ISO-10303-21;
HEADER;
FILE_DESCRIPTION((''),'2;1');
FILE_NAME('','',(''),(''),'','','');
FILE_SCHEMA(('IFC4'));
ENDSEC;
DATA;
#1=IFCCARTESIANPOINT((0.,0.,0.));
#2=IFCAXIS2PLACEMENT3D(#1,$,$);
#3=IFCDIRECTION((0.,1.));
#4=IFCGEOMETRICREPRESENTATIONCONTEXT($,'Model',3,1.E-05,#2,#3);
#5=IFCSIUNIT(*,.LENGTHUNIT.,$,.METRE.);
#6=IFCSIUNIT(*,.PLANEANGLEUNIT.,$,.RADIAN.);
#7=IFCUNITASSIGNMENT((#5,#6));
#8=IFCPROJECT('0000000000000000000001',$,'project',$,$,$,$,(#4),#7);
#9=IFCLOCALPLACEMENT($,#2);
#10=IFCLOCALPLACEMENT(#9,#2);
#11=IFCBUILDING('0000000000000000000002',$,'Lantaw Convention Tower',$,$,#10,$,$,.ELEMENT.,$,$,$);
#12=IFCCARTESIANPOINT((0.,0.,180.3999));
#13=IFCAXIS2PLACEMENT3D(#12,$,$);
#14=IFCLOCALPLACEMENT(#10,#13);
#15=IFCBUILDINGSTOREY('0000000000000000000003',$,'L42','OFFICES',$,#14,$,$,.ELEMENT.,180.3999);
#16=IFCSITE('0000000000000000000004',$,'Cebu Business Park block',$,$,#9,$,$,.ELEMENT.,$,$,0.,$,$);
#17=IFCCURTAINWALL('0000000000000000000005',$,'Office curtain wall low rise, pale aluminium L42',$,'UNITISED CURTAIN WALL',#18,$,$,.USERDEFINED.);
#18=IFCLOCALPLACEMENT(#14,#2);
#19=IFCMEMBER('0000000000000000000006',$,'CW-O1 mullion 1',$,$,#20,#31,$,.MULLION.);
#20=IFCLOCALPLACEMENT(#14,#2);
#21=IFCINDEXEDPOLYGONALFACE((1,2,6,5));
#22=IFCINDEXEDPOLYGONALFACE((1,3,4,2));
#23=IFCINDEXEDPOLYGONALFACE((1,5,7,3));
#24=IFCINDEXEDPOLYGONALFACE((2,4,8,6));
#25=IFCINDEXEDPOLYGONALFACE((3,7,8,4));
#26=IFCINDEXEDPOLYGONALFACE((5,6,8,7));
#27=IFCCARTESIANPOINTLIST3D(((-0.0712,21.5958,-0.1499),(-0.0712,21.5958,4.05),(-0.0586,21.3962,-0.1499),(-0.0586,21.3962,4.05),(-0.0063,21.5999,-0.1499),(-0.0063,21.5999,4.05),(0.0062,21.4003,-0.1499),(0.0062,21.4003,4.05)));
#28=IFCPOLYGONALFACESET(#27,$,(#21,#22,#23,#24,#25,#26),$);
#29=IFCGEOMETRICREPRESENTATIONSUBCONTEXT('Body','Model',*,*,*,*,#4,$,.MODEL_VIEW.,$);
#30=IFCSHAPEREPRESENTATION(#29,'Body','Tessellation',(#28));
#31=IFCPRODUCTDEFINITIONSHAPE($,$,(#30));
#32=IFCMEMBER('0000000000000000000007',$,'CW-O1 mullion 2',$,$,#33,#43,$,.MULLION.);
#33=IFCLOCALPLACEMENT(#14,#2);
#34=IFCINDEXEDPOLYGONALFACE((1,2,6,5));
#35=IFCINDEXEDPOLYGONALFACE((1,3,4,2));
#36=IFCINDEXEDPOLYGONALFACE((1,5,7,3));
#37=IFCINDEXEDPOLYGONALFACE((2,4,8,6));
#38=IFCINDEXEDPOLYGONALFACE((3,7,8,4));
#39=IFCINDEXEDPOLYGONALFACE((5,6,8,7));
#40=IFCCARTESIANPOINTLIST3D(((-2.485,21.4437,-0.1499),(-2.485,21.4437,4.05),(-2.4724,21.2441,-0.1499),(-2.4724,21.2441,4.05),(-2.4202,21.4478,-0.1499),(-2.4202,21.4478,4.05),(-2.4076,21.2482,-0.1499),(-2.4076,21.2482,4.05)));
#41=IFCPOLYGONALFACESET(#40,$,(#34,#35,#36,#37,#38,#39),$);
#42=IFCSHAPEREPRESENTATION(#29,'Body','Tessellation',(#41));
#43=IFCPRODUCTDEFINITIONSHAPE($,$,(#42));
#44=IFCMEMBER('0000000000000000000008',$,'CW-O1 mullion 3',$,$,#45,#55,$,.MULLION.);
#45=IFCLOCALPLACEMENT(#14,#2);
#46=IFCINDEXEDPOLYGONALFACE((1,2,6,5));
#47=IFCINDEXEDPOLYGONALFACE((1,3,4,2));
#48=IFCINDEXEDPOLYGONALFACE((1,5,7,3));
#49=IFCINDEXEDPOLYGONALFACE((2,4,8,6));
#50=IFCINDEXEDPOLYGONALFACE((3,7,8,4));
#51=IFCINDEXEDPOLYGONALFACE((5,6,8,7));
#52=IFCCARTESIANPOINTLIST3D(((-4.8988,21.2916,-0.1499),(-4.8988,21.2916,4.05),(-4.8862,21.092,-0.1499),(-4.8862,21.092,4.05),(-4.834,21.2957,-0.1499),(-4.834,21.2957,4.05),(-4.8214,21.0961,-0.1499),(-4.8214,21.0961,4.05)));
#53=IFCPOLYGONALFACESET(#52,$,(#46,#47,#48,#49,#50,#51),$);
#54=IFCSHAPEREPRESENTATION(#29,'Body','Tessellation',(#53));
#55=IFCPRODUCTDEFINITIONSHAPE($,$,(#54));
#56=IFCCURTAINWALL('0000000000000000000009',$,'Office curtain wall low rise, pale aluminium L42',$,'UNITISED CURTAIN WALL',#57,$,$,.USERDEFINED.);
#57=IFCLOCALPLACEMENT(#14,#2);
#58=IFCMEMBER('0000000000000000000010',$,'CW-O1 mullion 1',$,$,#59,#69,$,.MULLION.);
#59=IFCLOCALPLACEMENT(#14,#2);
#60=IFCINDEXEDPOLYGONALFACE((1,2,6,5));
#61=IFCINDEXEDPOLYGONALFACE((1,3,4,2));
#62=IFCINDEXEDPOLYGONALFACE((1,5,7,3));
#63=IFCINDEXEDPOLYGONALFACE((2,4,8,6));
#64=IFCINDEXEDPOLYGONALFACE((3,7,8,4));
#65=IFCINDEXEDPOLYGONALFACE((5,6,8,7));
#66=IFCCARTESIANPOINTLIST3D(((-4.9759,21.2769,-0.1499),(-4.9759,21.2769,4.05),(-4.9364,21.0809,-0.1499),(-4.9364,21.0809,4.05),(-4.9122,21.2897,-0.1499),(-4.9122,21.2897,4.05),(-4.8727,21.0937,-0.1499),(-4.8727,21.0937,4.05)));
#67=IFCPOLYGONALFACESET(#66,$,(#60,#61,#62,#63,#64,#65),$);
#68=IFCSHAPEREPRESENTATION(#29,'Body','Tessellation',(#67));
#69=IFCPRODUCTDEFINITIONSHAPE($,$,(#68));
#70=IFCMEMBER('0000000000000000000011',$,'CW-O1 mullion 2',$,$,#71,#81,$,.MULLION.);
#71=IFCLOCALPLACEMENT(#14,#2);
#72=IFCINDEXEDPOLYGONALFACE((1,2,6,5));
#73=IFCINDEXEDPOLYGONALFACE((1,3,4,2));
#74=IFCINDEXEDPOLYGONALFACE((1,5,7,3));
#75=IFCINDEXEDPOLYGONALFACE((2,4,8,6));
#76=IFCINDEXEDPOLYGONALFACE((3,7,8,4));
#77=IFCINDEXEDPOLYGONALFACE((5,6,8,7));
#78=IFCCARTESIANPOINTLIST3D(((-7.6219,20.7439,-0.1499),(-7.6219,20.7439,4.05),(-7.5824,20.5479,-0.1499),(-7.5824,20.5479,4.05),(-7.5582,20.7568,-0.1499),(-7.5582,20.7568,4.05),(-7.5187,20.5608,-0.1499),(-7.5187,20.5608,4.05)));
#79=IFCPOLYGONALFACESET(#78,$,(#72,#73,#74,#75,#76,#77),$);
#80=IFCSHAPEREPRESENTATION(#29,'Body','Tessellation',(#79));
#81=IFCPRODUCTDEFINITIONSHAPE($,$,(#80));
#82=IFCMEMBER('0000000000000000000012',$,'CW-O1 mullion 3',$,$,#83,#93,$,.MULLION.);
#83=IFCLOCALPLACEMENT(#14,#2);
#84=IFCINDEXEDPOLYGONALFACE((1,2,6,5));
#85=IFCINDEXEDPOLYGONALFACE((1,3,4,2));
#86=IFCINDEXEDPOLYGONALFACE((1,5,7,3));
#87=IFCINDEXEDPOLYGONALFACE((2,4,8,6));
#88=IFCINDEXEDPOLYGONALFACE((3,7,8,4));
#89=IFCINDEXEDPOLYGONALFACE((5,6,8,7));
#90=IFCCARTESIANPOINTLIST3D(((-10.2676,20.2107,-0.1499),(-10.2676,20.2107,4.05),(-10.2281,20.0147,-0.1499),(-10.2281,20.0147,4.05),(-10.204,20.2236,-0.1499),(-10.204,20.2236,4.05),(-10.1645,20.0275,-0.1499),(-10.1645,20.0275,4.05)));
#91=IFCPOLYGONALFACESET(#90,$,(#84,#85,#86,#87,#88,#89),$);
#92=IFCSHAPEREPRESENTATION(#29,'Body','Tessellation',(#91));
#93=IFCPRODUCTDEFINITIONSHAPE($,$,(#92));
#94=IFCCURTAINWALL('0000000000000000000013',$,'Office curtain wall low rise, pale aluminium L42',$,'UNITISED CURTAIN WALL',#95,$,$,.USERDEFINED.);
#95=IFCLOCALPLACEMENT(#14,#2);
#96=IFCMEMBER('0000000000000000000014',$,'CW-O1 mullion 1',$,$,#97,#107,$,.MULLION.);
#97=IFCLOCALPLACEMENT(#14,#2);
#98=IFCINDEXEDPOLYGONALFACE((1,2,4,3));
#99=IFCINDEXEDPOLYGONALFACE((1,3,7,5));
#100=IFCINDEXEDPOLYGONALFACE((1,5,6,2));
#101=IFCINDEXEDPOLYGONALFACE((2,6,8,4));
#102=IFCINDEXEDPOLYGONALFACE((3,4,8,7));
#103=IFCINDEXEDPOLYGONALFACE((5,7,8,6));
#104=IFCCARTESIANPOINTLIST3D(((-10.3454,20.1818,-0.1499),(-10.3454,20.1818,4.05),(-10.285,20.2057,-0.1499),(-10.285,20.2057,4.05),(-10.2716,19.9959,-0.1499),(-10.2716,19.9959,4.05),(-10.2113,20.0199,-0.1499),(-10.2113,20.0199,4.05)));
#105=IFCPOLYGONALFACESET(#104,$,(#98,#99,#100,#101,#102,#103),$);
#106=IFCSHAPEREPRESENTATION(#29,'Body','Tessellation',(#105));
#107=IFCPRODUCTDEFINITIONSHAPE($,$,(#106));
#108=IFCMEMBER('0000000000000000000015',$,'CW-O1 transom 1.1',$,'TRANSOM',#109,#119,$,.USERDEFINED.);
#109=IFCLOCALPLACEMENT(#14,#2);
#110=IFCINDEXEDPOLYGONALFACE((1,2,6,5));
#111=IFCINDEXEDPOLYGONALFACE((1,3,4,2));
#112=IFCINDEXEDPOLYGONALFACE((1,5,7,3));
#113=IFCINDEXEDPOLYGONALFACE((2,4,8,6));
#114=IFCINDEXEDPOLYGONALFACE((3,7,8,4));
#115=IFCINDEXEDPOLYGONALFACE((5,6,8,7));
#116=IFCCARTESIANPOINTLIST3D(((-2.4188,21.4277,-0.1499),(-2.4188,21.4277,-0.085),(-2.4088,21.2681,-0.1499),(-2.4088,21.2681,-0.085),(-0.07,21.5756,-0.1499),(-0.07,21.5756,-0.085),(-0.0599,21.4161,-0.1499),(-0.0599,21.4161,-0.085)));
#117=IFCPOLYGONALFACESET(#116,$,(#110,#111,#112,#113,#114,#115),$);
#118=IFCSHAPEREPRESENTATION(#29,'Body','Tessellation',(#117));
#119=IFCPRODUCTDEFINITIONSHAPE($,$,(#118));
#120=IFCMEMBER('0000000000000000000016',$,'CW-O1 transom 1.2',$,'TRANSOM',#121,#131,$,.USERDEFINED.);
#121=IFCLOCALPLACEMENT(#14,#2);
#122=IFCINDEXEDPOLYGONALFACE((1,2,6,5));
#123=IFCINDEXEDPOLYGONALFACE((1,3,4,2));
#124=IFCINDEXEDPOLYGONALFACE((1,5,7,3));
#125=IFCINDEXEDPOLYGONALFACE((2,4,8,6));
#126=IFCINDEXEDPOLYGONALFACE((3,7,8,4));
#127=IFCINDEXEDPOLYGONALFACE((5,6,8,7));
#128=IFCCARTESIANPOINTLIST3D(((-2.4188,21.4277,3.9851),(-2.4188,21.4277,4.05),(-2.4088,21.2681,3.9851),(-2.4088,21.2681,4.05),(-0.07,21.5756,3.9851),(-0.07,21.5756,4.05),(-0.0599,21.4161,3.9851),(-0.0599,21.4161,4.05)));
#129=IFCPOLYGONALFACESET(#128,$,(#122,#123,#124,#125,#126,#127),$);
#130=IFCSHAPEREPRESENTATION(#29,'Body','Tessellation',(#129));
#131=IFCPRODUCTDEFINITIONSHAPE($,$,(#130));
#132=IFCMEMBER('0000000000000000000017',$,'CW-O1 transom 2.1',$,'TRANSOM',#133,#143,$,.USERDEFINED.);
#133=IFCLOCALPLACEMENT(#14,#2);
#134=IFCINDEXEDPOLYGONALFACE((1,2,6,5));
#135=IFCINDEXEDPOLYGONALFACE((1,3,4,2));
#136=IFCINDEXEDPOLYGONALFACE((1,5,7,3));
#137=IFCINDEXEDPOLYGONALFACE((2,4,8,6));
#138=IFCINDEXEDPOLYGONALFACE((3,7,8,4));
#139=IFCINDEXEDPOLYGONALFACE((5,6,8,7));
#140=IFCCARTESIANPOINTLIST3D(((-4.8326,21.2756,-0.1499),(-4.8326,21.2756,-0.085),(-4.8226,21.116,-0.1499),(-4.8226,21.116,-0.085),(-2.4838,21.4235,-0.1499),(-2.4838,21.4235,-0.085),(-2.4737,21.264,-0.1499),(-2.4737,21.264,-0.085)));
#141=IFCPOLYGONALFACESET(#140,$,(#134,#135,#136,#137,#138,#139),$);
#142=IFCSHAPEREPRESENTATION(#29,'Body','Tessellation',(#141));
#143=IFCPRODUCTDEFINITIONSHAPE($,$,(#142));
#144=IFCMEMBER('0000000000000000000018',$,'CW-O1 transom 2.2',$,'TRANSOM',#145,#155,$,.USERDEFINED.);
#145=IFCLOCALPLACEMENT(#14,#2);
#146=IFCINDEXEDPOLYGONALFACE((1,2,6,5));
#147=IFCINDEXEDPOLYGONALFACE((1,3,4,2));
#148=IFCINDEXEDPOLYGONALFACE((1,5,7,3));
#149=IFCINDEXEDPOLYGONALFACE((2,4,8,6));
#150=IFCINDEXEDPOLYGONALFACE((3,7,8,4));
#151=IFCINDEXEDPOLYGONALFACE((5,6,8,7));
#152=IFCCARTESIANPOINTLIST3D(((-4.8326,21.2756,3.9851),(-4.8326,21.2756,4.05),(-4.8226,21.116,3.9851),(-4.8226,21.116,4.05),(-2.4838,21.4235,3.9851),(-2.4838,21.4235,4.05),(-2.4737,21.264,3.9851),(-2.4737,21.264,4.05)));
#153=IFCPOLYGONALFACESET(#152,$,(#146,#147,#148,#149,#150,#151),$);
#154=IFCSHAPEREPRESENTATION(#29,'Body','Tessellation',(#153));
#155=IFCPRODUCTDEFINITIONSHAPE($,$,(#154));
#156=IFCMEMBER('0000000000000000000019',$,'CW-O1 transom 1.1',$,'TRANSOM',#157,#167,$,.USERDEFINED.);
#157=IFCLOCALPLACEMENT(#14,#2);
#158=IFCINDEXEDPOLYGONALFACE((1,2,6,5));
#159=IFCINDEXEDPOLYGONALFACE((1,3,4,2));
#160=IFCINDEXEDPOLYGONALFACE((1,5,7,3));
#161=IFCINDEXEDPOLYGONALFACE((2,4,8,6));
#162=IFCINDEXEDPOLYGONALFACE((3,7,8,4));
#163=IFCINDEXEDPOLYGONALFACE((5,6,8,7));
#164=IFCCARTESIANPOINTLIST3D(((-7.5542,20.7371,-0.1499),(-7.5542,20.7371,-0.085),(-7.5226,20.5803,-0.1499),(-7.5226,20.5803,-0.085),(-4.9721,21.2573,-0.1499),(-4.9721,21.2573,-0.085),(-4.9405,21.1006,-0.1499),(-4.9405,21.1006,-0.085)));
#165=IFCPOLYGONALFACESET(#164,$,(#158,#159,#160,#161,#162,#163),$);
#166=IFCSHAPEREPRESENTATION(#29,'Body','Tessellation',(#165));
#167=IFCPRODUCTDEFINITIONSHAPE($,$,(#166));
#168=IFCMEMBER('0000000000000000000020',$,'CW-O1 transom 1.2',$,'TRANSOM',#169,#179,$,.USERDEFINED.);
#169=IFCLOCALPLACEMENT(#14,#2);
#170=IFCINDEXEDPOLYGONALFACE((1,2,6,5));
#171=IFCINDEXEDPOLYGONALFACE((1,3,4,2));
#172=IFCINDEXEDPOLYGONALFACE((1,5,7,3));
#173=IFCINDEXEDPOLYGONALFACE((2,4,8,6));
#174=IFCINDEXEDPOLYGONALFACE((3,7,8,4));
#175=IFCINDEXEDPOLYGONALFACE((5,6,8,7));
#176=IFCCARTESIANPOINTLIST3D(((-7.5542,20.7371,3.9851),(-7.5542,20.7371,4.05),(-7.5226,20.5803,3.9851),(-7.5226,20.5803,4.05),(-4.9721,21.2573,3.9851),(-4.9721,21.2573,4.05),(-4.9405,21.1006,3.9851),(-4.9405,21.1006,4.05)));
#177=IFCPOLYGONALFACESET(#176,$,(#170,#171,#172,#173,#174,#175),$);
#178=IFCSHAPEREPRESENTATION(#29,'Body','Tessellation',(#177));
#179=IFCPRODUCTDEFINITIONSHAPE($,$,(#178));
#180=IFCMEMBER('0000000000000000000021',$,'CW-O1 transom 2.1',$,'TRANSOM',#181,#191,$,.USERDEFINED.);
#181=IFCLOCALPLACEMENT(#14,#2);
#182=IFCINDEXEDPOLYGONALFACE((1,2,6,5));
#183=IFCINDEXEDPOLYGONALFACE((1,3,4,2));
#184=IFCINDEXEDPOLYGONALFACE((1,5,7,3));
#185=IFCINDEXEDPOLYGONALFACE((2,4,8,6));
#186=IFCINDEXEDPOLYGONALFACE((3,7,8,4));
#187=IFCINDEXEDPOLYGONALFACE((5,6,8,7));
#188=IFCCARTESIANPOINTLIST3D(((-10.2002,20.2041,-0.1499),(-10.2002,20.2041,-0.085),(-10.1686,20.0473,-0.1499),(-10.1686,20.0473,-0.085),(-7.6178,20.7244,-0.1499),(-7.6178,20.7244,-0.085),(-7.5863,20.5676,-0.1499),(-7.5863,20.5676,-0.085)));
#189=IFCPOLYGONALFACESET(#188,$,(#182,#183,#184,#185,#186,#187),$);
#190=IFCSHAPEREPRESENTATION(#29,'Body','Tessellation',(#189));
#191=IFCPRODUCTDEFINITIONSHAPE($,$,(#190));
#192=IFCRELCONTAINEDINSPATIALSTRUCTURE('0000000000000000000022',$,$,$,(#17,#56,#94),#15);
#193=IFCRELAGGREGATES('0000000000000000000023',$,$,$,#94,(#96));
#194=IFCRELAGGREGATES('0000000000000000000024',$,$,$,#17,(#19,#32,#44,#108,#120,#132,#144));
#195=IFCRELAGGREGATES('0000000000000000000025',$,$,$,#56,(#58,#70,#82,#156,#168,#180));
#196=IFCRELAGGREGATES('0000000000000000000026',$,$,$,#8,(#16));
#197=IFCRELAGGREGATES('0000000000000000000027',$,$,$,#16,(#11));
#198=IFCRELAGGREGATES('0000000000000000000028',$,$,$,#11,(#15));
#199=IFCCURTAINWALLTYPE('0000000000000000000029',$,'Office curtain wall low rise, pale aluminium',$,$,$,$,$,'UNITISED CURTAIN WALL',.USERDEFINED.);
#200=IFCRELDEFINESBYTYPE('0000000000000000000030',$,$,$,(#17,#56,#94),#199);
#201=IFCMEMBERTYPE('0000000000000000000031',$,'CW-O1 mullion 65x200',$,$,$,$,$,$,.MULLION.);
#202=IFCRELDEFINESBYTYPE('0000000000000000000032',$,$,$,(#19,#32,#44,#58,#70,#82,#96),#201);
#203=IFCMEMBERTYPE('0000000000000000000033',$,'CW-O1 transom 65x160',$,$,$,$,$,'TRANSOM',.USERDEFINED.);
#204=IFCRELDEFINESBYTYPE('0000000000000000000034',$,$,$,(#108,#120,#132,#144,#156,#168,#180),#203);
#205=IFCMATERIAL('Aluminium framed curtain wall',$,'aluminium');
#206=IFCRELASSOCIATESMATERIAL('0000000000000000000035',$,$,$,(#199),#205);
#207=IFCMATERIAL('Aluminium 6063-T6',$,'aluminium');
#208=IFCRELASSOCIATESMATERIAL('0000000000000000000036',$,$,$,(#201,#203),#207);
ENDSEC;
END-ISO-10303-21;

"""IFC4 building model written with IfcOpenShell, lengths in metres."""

from ifc_helpers import new_model, si_unit, direction, frame, origin, origin_2d, place, context, subcontext, project, spatial, rectangle, extrude, material, material_profile, profile_set, type_object, element, aggregate, save


model = new_model("IFC4")

# Units and contexts
model_context = context("Model", 3, precision=1e-05, world=origin(), true_north=direction((0.0, 1.0)))
body_context = subcontext(model_context, "Body", "Model", "MODEL_VIEW")
ifc_project = project(units=[si_unit("LENGTHUNIT", "METRE"), si_unit("PLANEANGLEUNIT", "RADIAN")], contexts=[model_context])

# Site, building, storey
site_placement = place(None, origin())
site = spatial("IfcSite", under=ifc_project, at=site_placement, Name="Cebu Business Park block", CompositionType="ELEMENT", RefElevation=0.0)
building_placement = place(site_placement, origin())
building = spatial("IfcBuilding", under=site, at=building_placement, Name="Lantaw Convention Tower", CompositionType="ELEMENT")
storey_placement = place(building_placement, frame((0.0, 0.0, 180.3999)))
storey = spatial("IfcBuildingStorey", under=building, at=storey_placement, Name="L42", Description="OFFICES", CompositionType="ELEMENT", Elevation=180.3999)

# Curtain walls, members
ifc_material_1 = material(Name="Aluminium framed curtain wall", Category="aluminium")
curtain_wall_type = type_object("IfcCurtainWallType", Name="Office curtain wall low rise, pale aluminium", ElementType="UNITISED CURTAIN WALL", PredefinedType="USERDEFINED", material=ifc_material_1)
curtain_wall_1_placement = place(storey_placement, origin())
curtain_wall_1 = element("IfcCurtainWall", 1, at=curtain_wall_1_placement, inside=storey, type_object=curtain_wall_type, Name="Office curtain wall low rise, pale aluminium L42", ObjectType="UNITISED CURTAIN WALL", PredefinedType="USERDEFINED")
ifc_material_2 = material(Name="Aluminium 6063-T6", Category="aluminium")
ifc_material_profile_1 = material_profile(ifc_material_2, rectangle(XDim=0.2, YDim=0.0649, at=origin_2d()), Name="CW-O1 mullion 65x200")
ifc_profile_set_1 = profile_set([ifc_material_profile_1], Name="Aluminium 6063-T6")
member_type_1 = type_object("IfcMemberType", Name="CW-O1 mullion 65x200", PredefinedType="MULLION", material=ifc_profile_set_1)
member_1_placement = place(storey_placement, frame((-0.0325, 21.498, -0.1499), z_axis=(0.0, 0.0, 1.0), x_axis=(0.062865, -0.998022, 0.0)))
member_1 = element("IfcMember", 2, at=member_1_placement, type_object=member_type_1, Name="CW-O1 mullion 1", PredefinedType="MULLION", context=body_context, shape_type="SweptSolid", body=[
    extrude(rectangle(XDim=0.2, YDim=0.0649, at=origin_2d()), origin(), (0.0, 0.0, 1.0), 4.2),
])
member_2_placement = place(storey_placement, frame((-2.4463, 21.3459, -0.1499), z_axis=(0.0, 0.0, 1.0), x_axis=(0.062865, -0.998022, 0.0)))
member_2 = element("IfcMember", 3, at=member_2_placement, type_object=member_type_1, Name="CW-O1 mullion 2", PredefinedType="MULLION", context=body_context, shape_type="SweptSolid", body=[
    extrude(rectangle(XDim=0.2, YDim=0.0649, at=origin_2d()), origin(), (0.0, 0.0, 1.0), 4.2),
])
member_3_placement = place(storey_placement, frame((-4.8601, 21.1938, -0.1499), z_axis=(0.0, 0.0, 1.0), x_axis=(0.062865, -0.998022, 0.0)))
member_3 = element("IfcMember", 4, at=member_3_placement, type_object=member_type_1, Name="CW-O1 mullion 3", PredefinedType="MULLION", context=body_context, shape_type="SweptSolid", body=[
    extrude(rectangle(XDim=0.2, YDim=0.0649, at=origin_2d()), origin(), (0.0, 0.0, 1.0), 4.2),
])
curtain_wall_2_placement = place(storey_placement, origin())
curtain_wall_2 = element("IfcCurtainWall", 5, at=curtain_wall_2_placement, inside=storey, type_object=curtain_wall_type, Name="Office curtain wall low rise, pale aluminium L42", ObjectType="UNITISED CURTAIN WALL", PredefinedType="USERDEFINED")
member_4_placement = place(storey_placement, frame((-4.9243, 21.1853, -0.1499), z_axis=(0.0, 0.0, 1.0), x_axis=(0.197507, -0.980302, 0.0)))
member_4 = element("IfcMember", 6, at=member_4_placement, type_object=member_type_1, Name="CW-O1 mullion 1", PredefinedType="MULLION", context=body_context, shape_type="SweptSolid", body=[
    extrude(rectangle(XDim=0.2, YDim=0.0649, at=origin_2d()), origin(), (0.0, 0.0, 1.0), 4.2),
])
member_5_placement = place(storey_placement, frame((-7.5703, 20.6523, -0.1499), z_axis=(0.0, 0.0, 1.0), x_axis=(0.197507, -0.980302, 0.0)))
member_5 = element("IfcMember", 7, at=member_5_placement, type_object=member_type_1, Name="CW-O1 mullion 2", PredefinedType="MULLION", context=body_context, shape_type="SweptSolid", body=[
    extrude(rectangle(XDim=0.2, YDim=0.0649, at=origin_2d()), origin(), (0.0, 0.0, 1.0), 4.2),
])
member_6_placement = place(storey_placement, frame((-10.2161, 20.1191, -0.1499), z_axis=(0.0, 0.0, 1.0), x_axis=(0.197507, -0.980302, 0.0)))
member_6 = element("IfcMember", 8, at=member_6_placement, type_object=member_type_1, Name="CW-O1 mullion 3", PredefinedType="MULLION", context=body_context, shape_type="SweptSolid", body=[
    extrude(rectangle(XDim=0.2, YDim=0.0649, at=origin_2d()), origin(), (0.0, 0.0, 1.0), 4.2),
])

# Curtain wall, member
curtain_wall_3_placement = place(storey_placement, origin())
curtain_wall_3 = element("IfcCurtainWall", 9, at=curtain_wall_3_placement, inside=storey, type_object=curtain_wall_type, Name="Office curtain wall low rise, pale aluminium L42", ObjectType="UNITISED CURTAIN WALL", PredefinedType="USERDEFINED")
member_7_placement = place(storey_placement, frame((-10.2783, 20.1008, -0.1499), z_axis=(0.0, 0.0, 1.0), x_axis=(0.368702, -0.929548, 0.0)))
member_7 = element("IfcMember", 10, at=member_7_placement, type_object=member_type_1, Name="CW-O1 mullion 1", PredefinedType="MULLION", context=body_context, shape_type="SweptSolid", body=[
    extrude(rectangle(XDim=0.2, YDim=0.0649, at=origin_2d()), origin(), (0.0, 0.0, 1.0), 4.2),
])

# Members
ifc_material_profile_2 = material_profile(ifc_material_2, rectangle(XDim=0.1599, YDim=0.0649, at=origin_2d()), Name="CW-O1 transom 65x160")
ifc_profile_set_2 = profile_set([ifc_material_profile_2], Name="Aluminium 6063-T6")
member_type_2 = type_object("IfcMemberType", Name="CW-O1 transom 65x160", ElementType="TRANSOM", PredefinedType="USERDEFINED", material=ifc_profile_set_2)
member_8_placement = place(storey_placement, frame((-0.0649, 21.4958, -0.1174), z_axis=(-0.998022, -0.062863, 0.0), x_axis=(0.062863, -0.998022, 0.0)))
member_8 = element("IfcMember", 11, at=member_8_placement, type_object=member_type_2, Name="CW-O1 transom 1.1", ObjectType="TRANSOM", PredefinedType="USERDEFINED", context=body_context, shape_type="SweptSolid", body=[
    extrude(rectangle(XDim=0.1599, YDim=0.0649, at=origin_2d()), origin(), (0.0, 0.0, 1.0), 2.3535),
])
member_9_placement = place(storey_placement, frame((-0.0649, 21.4958, 4.0176), z_axis=(-0.998022, -0.062863, 0.0), x_axis=(0.062863, -0.998022, 0.0)))
member_9 = element("IfcMember", 12, at=member_9_placement, type_object=member_type_2, Name="CW-O1 transom 1.2", ObjectType="TRANSOM", PredefinedType="USERDEFINED", context=body_context, shape_type="SweptSolid", body=[
    extrude(rectangle(XDim=0.1599, YDim=0.0649, at=origin_2d()), origin(), (0.0, 0.0, 1.0), 2.3535),
])
member_10_placement = place(storey_placement, frame((-2.4788, 21.3438, -0.1174), z_axis=(-0.998022, -0.062863, 0.0), x_axis=(0.062863, -0.998022, 0.0)))
member_10 = element("IfcMember", 13, at=member_10_placement, type_object=member_type_2, Name="CW-O1 transom 2.1", ObjectType="TRANSOM", PredefinedType="USERDEFINED", context=body_context, shape_type="SweptSolid", body=[
    extrude(rectangle(XDim=0.1599, YDim=0.0649, at=origin_2d()), origin(), (0.0, 0.0, 1.0), 2.3535),
])
member_11_placement = place(storey_placement, frame((-2.4788, 21.3438, 4.0176), z_axis=(-0.998022, -0.062863, 0.0), x_axis=(0.062863, -0.998022, 0.0)))
member_11 = element("IfcMember", 14, at=member_11_placement, type_object=member_type_2, Name="CW-O1 transom 2.2", ObjectType="TRANSOM", PredefinedType="USERDEFINED", context=body_context, shape_type="SweptSolid", body=[
    extrude(rectangle(XDim=0.1599, YDim=0.0649, at=origin_2d()), origin(), (0.0, 0.0, 1.0), 2.3535),
])
member_12_placement = place(storey_placement, frame((-4.9563, 21.179, -0.1174), z_axis=(-0.980298, -0.197524, 0.0), x_axis=(0.197524, -0.980298, 0.0)))
member_12 = element("IfcMember", 15, at=member_12_placement, type_object=member_type_2, Name="CW-O1 transom 1.1", ObjectType="TRANSOM", PredefinedType="USERDEFINED", context=body_context, shape_type="SweptSolid", body=[
    extrude(rectangle(XDim=0.1599, YDim=0.0649, at=origin_2d()), origin(), (0.0, 0.0, 1.0), 2.634),
])
member_13_placement = place(storey_placement, frame((-4.9563, 21.179, 4.0176), z_axis=(-0.980298, -0.197524, 0.0), x_axis=(0.197524, -0.980298, 0.0)))
member_13 = element("IfcMember", 16, at=member_13_placement, type_object=member_type_2, Name="CW-O1 transom 1.2", ObjectType="TRANSOM", PredefinedType="USERDEFINED", context=body_context, shape_type="SweptSolid", body=[
    extrude(rectangle(XDim=0.1599, YDim=0.0649, at=origin_2d()), origin(), (0.0, 0.0, 1.0), 2.634),
])
member_14_placement = place(storey_placement, frame((-7.6021, 20.646, -0.1174), z_axis=(-0.980302, -0.197506, 0.0), x_axis=(0.197506, -0.980302, 0.0)))
member_14 = element("IfcMember", 17, at=member_14_placement, type_object=member_type_2, Name="CW-O1 transom 2.1", ObjectType="TRANSOM", PredefinedType="USERDEFINED", context=body_context, shape_type="SweptSolid", body=[
    extrude(rectangle(XDim=0.1599, YDim=0.0649, at=origin_2d()), origin(), (0.0, 0.0, 1.0), 2.6343),
])
aggregate(curtain_wall_3, [member_7])

aggregate(curtain_wall_1, [member_1, member_2, member_3, member_8, member_9, member_10, member_11])
aggregate(curtain_wall_2, [member_4, member_5, member_6, member_12, member_13, member_14])

save(model, "model.ifc")
